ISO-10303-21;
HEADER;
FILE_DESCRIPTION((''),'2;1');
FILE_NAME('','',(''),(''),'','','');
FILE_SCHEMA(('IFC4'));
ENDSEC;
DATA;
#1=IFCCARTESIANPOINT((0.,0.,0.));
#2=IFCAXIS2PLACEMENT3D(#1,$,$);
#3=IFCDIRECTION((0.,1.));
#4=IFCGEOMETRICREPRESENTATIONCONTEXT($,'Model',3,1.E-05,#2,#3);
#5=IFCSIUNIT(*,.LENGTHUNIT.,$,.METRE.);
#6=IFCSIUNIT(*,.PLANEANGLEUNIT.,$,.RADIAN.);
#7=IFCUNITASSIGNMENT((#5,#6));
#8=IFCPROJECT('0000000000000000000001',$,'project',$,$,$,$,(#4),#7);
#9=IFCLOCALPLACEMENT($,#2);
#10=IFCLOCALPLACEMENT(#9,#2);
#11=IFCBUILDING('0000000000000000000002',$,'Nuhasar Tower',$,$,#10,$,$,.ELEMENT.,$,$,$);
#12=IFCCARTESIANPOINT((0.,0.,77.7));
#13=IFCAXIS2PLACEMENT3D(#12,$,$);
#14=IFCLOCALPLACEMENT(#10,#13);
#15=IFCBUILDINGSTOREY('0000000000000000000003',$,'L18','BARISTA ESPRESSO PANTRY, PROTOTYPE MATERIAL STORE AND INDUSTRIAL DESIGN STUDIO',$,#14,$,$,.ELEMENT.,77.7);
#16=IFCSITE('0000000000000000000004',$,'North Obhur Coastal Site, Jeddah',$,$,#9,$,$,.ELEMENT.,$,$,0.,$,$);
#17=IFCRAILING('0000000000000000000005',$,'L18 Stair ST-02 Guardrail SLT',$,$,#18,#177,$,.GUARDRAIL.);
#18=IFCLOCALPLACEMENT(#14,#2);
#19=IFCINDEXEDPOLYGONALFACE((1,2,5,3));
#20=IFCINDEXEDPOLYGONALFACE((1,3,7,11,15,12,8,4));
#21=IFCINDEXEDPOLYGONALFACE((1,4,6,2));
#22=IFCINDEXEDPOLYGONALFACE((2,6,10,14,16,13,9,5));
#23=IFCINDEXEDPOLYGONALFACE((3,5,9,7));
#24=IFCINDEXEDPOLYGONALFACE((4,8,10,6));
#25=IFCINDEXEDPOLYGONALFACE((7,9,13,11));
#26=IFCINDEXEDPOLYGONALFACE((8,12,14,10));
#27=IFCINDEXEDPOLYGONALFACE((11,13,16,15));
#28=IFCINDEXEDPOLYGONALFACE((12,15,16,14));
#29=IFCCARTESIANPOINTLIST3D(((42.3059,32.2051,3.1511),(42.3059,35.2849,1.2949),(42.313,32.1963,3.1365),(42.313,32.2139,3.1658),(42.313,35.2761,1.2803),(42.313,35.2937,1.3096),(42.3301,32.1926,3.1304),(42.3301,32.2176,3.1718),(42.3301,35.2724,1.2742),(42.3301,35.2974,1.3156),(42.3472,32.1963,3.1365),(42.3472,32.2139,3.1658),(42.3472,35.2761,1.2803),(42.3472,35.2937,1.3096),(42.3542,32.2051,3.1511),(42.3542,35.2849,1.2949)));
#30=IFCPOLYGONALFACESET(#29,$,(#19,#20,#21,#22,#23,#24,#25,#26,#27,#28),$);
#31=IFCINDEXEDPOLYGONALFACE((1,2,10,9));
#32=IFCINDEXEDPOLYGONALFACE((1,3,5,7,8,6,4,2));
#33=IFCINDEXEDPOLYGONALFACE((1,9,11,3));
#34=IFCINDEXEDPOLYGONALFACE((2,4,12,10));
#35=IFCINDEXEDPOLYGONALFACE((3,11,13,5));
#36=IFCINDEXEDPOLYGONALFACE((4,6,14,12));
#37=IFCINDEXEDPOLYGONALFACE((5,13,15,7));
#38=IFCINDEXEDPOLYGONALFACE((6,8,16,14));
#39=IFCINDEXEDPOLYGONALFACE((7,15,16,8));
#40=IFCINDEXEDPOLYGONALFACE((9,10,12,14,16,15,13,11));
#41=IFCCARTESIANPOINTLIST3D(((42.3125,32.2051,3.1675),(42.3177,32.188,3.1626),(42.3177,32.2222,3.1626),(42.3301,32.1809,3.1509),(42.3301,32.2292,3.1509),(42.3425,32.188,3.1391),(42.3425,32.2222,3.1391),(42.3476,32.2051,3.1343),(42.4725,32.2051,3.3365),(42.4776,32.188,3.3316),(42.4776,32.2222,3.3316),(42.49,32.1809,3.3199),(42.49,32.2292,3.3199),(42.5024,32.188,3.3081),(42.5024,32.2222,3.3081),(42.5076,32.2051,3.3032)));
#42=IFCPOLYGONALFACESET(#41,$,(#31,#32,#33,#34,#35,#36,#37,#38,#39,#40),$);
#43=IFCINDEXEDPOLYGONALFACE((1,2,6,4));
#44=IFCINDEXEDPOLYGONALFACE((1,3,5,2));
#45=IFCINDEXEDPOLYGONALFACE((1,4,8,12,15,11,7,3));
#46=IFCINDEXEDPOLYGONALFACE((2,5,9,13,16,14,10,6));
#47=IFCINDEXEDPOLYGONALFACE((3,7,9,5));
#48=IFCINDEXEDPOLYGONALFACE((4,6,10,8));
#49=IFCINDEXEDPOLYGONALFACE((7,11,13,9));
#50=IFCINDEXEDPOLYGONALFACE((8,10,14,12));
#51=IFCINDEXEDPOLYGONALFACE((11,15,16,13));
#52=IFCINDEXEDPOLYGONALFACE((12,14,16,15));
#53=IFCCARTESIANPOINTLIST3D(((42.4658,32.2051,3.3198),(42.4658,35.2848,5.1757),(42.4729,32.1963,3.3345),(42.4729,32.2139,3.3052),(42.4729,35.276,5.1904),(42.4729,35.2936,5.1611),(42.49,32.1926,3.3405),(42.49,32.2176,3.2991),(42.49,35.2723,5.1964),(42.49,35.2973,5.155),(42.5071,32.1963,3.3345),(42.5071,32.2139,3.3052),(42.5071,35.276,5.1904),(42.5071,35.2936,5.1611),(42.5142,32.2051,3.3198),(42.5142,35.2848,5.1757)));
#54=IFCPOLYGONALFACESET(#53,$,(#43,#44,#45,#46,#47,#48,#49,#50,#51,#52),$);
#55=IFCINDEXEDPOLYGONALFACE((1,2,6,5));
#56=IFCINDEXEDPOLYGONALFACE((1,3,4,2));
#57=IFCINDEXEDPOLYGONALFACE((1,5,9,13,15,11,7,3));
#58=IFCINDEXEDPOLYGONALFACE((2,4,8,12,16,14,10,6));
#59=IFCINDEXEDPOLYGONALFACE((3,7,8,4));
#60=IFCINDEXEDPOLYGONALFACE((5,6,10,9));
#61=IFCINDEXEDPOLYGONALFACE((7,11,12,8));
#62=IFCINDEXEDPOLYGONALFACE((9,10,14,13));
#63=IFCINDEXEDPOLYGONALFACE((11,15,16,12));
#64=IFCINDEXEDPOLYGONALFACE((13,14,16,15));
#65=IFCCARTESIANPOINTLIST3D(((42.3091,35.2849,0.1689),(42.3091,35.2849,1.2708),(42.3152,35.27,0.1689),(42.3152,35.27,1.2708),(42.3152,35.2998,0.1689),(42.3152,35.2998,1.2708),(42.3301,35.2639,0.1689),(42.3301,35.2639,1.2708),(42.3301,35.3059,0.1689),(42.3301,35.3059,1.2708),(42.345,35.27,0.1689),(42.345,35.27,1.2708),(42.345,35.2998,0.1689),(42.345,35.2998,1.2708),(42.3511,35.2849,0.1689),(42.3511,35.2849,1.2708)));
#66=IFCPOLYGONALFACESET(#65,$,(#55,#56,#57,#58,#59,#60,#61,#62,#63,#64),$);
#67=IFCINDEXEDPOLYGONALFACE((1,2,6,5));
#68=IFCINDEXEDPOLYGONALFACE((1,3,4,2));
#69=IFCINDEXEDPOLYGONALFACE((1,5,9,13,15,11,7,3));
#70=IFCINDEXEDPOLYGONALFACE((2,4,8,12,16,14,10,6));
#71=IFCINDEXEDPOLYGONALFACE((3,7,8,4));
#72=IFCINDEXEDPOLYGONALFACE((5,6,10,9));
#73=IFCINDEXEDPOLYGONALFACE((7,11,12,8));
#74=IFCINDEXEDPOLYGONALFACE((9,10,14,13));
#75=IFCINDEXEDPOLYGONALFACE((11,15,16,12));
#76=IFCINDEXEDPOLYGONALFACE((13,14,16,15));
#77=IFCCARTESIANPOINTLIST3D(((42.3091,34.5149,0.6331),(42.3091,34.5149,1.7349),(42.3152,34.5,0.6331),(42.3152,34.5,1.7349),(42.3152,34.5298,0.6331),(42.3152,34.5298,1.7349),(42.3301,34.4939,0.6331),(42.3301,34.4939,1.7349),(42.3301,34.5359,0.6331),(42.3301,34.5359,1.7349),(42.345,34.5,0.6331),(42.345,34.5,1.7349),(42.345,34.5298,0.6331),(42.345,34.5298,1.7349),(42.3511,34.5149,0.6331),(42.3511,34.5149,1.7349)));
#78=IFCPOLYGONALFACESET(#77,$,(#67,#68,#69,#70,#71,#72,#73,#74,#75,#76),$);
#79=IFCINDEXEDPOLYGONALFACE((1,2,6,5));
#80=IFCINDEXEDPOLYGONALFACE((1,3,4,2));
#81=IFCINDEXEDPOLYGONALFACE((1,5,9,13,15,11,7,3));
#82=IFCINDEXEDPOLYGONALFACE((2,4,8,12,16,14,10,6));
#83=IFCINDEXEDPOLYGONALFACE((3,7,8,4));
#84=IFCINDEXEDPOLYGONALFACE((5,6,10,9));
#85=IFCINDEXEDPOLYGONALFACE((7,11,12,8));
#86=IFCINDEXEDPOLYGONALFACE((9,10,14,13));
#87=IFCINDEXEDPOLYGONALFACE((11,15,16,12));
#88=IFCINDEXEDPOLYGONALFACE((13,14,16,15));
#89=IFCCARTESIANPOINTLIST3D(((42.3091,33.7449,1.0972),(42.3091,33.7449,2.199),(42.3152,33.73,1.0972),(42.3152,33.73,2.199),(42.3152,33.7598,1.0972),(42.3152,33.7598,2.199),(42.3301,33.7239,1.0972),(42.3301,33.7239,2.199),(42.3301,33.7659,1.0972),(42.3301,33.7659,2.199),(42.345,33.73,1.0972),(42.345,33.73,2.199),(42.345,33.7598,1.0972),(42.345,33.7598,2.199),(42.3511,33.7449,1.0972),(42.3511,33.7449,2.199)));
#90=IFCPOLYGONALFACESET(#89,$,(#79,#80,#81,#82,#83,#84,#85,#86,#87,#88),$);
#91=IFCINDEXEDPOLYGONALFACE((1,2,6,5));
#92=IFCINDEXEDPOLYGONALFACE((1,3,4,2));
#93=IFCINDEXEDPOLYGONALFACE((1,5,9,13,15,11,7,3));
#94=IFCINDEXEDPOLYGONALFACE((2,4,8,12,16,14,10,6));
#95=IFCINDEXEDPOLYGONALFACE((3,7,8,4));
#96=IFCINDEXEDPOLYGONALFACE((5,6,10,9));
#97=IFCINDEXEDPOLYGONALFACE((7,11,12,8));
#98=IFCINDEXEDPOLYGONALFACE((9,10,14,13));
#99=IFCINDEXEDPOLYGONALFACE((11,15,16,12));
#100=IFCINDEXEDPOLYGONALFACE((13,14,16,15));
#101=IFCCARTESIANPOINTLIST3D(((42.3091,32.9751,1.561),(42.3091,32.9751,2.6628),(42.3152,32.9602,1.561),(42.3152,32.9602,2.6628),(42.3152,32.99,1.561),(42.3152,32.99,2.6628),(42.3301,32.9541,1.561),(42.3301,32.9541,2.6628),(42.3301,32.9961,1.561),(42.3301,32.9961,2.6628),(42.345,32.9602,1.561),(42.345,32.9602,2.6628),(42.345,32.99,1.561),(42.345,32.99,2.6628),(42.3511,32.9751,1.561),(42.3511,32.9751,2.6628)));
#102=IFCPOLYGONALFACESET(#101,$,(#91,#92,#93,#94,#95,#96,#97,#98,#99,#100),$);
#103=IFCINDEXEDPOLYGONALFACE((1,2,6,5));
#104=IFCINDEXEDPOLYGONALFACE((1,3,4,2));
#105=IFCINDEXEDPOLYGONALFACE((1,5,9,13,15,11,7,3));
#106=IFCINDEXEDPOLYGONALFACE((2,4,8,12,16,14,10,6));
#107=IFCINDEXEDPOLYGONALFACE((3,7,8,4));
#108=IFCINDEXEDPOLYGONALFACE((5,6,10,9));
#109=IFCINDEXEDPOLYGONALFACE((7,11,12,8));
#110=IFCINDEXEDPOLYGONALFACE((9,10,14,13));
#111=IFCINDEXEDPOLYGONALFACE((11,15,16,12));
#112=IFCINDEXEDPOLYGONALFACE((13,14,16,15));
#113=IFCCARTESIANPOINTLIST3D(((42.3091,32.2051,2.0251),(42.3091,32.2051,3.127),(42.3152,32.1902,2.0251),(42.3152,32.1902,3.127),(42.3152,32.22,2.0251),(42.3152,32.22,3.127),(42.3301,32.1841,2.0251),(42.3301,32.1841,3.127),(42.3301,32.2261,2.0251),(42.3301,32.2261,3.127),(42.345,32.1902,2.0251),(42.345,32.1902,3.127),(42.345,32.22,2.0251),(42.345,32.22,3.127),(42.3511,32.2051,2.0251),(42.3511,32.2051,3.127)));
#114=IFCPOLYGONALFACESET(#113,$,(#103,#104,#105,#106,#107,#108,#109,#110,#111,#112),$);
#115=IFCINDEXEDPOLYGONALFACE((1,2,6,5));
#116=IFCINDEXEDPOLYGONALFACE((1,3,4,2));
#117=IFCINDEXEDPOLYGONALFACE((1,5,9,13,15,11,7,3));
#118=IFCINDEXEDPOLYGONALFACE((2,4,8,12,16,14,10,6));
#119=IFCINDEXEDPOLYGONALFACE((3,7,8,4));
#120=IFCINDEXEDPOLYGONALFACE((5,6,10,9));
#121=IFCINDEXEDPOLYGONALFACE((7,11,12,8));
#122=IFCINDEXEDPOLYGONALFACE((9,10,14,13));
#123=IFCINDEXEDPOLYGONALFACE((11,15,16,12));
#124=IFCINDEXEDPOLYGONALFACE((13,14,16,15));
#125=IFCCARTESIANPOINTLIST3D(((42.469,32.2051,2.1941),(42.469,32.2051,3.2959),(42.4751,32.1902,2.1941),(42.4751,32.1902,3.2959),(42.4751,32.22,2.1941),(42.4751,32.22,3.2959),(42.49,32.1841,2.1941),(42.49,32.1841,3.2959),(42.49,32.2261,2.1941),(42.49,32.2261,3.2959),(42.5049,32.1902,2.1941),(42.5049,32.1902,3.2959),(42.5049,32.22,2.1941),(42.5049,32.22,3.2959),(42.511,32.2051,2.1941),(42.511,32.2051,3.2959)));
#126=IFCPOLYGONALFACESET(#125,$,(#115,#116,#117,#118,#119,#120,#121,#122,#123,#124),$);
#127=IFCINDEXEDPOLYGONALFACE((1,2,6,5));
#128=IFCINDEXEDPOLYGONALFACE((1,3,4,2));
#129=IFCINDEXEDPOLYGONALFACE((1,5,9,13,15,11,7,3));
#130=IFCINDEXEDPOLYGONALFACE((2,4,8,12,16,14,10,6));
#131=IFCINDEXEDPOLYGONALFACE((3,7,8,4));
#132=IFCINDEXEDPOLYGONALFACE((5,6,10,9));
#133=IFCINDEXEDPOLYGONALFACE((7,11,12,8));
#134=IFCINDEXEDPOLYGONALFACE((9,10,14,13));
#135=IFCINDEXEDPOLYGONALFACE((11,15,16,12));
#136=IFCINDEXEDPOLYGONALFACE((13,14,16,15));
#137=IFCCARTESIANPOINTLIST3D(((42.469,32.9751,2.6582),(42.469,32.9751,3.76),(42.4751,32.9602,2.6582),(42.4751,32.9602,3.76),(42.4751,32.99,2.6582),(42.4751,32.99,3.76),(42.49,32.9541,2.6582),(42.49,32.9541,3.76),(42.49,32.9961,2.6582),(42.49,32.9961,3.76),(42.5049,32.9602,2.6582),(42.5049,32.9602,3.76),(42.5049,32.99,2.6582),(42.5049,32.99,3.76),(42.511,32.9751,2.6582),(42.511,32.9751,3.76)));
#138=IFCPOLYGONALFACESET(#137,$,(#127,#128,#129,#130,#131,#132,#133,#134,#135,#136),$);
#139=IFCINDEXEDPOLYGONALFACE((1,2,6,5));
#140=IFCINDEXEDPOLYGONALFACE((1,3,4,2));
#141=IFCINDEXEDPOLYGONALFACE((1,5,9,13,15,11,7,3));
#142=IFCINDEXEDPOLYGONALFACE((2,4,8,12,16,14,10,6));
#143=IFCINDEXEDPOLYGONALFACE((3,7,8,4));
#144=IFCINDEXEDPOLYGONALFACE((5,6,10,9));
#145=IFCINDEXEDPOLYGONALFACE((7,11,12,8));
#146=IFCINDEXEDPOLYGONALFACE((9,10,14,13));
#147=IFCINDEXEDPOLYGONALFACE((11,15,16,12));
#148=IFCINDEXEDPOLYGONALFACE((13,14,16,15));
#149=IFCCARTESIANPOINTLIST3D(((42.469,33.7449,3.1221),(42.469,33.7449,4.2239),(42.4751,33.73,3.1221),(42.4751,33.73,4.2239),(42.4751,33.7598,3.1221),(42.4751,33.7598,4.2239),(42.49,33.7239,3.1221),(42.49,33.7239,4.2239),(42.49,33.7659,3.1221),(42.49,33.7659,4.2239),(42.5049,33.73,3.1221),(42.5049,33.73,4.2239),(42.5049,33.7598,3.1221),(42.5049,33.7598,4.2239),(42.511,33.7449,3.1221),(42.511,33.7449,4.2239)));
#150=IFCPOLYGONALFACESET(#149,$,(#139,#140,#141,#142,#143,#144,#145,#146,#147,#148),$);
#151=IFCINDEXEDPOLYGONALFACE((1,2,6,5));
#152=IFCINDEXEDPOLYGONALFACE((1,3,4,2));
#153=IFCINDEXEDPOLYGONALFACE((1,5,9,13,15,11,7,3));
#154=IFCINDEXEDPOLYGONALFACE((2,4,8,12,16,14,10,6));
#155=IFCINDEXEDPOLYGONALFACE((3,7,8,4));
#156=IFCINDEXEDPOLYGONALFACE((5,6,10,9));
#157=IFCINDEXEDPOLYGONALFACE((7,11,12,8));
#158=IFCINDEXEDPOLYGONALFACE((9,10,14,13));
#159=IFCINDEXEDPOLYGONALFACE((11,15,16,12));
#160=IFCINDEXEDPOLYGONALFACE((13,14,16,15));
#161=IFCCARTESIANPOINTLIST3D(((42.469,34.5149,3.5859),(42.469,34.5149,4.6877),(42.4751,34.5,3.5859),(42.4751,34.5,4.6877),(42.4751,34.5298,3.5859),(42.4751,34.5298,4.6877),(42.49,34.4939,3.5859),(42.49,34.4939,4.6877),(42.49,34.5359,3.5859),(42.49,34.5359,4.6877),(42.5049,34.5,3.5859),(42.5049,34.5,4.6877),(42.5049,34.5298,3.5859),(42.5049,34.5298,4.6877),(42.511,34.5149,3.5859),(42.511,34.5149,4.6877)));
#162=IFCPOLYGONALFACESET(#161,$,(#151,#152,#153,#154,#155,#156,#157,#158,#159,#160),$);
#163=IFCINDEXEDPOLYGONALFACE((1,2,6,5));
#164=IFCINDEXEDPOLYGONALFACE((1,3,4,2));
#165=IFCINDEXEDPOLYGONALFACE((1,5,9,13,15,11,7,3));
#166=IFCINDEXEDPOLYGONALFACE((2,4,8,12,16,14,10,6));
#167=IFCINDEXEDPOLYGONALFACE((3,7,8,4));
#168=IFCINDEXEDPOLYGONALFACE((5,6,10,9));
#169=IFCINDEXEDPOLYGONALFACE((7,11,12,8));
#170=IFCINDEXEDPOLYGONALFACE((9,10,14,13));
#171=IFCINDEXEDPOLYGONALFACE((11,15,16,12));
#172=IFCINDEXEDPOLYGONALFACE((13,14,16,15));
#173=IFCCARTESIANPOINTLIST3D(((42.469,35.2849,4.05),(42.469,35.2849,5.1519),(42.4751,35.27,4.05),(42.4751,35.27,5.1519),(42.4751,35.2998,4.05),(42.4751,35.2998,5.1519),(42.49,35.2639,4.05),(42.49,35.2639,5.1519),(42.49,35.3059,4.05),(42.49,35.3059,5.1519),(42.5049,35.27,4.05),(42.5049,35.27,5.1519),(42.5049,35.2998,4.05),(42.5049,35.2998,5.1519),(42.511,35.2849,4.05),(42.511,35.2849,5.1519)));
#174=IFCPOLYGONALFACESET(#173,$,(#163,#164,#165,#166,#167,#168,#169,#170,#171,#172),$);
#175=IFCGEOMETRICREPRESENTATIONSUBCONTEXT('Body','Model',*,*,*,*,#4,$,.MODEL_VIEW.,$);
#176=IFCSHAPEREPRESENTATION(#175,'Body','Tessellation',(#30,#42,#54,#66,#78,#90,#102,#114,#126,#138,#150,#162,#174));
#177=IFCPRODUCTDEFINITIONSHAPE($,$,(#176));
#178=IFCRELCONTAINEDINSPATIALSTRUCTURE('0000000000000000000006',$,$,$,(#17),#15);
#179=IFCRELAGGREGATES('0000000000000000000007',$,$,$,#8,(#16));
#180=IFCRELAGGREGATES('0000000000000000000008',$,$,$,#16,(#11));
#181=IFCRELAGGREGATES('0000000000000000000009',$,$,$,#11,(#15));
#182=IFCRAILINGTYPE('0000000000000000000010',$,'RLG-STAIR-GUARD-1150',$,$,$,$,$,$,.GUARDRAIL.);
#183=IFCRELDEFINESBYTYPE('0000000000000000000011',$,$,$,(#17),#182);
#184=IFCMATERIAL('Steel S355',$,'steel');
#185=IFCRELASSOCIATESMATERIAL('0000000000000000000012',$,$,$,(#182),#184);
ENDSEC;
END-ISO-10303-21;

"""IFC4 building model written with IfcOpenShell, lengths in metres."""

from ifc_helpers import new_model, si_unit, direction, frame, origin, place, context, subcontext, project, spatial, polyline, outline, extrude, material, type_object, element, save


model = new_model("IFC4")

# Units and contexts
model_context = context("Model", 3, precision=1e-05, world=origin(), true_north=direction((0.0, 1.0)))
body_context = subcontext(model_context, "Body", "Model", "MODEL_VIEW")
ifc_project = project(units=[si_unit("LENGTHUNIT", "METRE"), si_unit("PLANEANGLEUNIT", "RADIAN")], contexts=[model_context])

# Site, building, storey
site_placement = place(None, origin())
site = spatial("IfcSite", under=ifc_project, at=site_placement, Name="North Obhur Coastal Site, Jeddah", CompositionType="ELEMENT", RefElevation=0.0)
building_placement = place(site_placement, origin())
building = spatial("IfcBuilding", under=site, at=building_placement, Name="Nuhasar Tower", CompositionType="ELEMENT")
storey_placement = place(building_placement, frame((0.0, 0.0, 77.7)))
storey = spatial("IfcBuildingStorey", under=building, at=storey_placement, Name="L18", Description="BARISTA ESPRESSO PANTRY, PROTOTYPE MATERIAL STORE AND INDUSTRIAL DESIGN STUDIO", CompositionType="ELEMENT", Elevation=77.7)

# Shared definitions
ifc_material_1 = material(Name="Steel S355", Category="steel")

# Railing
railing_type_1 = type_object("IfcRailingType", Name="RLG-STAIR-GUARD-1150", PredefinedType="GUARDRAIL", material=ifc_material_1)
railing_1_placement = place(storey_placement, frame((42.3301, 35.2849, 0.1689)))
element("IfcRailing", 1, at=railing_1_placement, inside=storey, type_object=railing_type_1, Name="L18 Stair ST-02 Guardrail SLT", PredefinedType="GUARDRAIL", context=body_context, shape_type="SweptSolid", body=[
    extrude(outline(polyline([(0.0242, 0.0), (0.0171, 0.0171), (0.0, 0.0242), (-0.0171, 0.0171), (-0.0242, 0.0), (-0.0171, -0.0171), (0.0, -0.0242), (0.0171, -0.0171), (0.0242, 0.0)])), frame((0.0, 0.0, 1.126), z_axis=(0.0, -0.856473, 0.516192), x_axis=(1.0, 0.0, 0.0)), (0.0, 0.0, 1.0), 3.5959),
    extrude(outline(polyline([(0.0242, 0.0), (0.0171, 0.0171), (0.0, 0.0242), (-0.0171, 0.0171), (-0.0242, 0.0), (-0.0171, -0.0171), (0.0, -0.0242), (0.0171, -0.0171), (0.0242, 0.0)])), frame((0.0, -3.0798, 2.9819), z_axis=(0.687424, 0.0, 0.726256), x_axis=(0.0, 1.0, 0.0)), (0.0, 0.0, 1.0), 0.2327),
    extrude(outline(polyline([(0.0242, 0.0), (0.0171, 0.0171), (0.0, 0.0242), (-0.0171, 0.0171), (-0.0242, 0.0), (-0.0171, -0.0171), (0.0, -0.0242), (0.0171, -0.0171), (0.0242, 0.0)])), frame((0.1599, -3.0798, 3.1509), z_axis=(0.0, 0.856503, 0.516142), x_axis=(-1.0, 0.0, 0.0)), (0.0, 0.0, 1.0), 3.5957),
    extrude(outline(polyline([(0.021, 0.0), (0.0149, 0.0149), (0.0, 0.021), (-0.0149, 0.0149), (-0.021, 0.0), (-0.0149, -0.0149), (0.0, -0.021), (0.0149, -0.0149), (0.021, 0.0)])), origin(), (0.0, 0.0, 1.0), 1.1018),
    extrude(outline(polyline([(0.021, 0.0), (0.0149, 0.0149), (0.0, 0.021), (-0.0149, 0.0149), (-0.021, 0.0), (-0.0149, -0.0149), (0.0, -0.021), (0.0149, -0.0149), (0.021, 0.0)])), frame((0.0, -0.77, 0.4641)), (0.0, 0.0, 1.0), 1.1018),
    extrude(outline(polyline([(0.021, 0.0), (0.0149, 0.0149), (0.0, 0.021), (-0.0149, 0.0149), (-0.021, 0.0), (-0.0149, -0.0149), (0.0, -0.021), (0.0149, -0.0149), (0.021, 0.0)])), frame((0.0, -1.54, 0.9282)), (0.0, 0.0, 1.0), 1.1018),
    extrude(outline(polyline([(0.021, 0.0), (0.0149, 0.0149), (0.0, 0.021), (-0.0149, 0.0149), (-0.021, 0.0), (-0.0149, -0.0149), (0.0, -0.021), (0.0149, -0.0149), (0.021, 0.0)])), frame((0.0, -2.3098, 1.3921)), (0.0, 0.0, 1.0), 1.1018),
    extrude(outline(polyline([(0.021, 0.0), (0.0149, 0.0149), (0.0, 0.021), (-0.0149, 0.0149), (-0.021, 0.0), (-0.0149, -0.0149), (0.0, -0.021), (0.0149, -0.0149), (0.021, 0.0)])), frame((0.0, -3.0798, 1.8562)), (0.0, 0.0, 1.0), 1.1018),
    extrude(outline(polyline([(0.021, 0.0), (0.0149, 0.0149), (0.0, 0.021), (-0.0149, 0.0149), (-0.021, 0.0), (-0.0149, -0.0149), (0.0, -0.021), (0.0149, -0.0149), (0.021, 0.0)])), frame((0.1599, -3.0798, 2.0251)), (0.0, 0.0, 1.0), 1.1018),
    extrude(outline(polyline([(0.021, 0.0), (0.0149, 0.0149), (0.0, 0.021), (-0.0149, 0.0149), (-0.021, 0.0), (-0.0149, -0.0149), (0.0, -0.021), (0.0149, -0.0149), (0.021, 0.0)])), frame((0.1599, -2.3098, 2.4893)), (0.0, 0.0, 1.0), 1.1018),
    extrude(outline(polyline([(0.021, 0.0), (0.0149, 0.0149), (0.0, 0.021), (-0.0149, 0.0149), (-0.021, 0.0), (-0.0149, -0.0149), (0.0, -0.021), (0.0149, -0.0149), (0.021, 0.0)])), frame((0.1599, -1.54, 2.9531)), (0.0, 0.0, 1.0), 1.1018),
    extrude(outline(polyline([(0.021, 0.0), (0.0149, 0.0149), (0.0, 0.021), (-0.0149, 0.0149), (-0.021, 0.0), (-0.0149, -0.0149), (0.0, -0.021), (0.0149, -0.0149), (0.021, 0.0)])), frame((0.1599, -0.77, 3.417)), (0.0, 0.0, 1.0), 1.1018),
    extrude(outline(polyline([(0.021, 0.0), (0.0149, 0.0149), (0.0, 0.021), (-0.0149, 0.0149), (-0.021, 0.0), (-0.0149, -0.0149), (0.0, -0.021), (0.0149, -0.0149), (0.021, 0.0)])), frame((0.1599, 0.0, 3.8811)), (0.0, 0.0, 1.0), 1.1018),
])

save(model, "model.ifc")
